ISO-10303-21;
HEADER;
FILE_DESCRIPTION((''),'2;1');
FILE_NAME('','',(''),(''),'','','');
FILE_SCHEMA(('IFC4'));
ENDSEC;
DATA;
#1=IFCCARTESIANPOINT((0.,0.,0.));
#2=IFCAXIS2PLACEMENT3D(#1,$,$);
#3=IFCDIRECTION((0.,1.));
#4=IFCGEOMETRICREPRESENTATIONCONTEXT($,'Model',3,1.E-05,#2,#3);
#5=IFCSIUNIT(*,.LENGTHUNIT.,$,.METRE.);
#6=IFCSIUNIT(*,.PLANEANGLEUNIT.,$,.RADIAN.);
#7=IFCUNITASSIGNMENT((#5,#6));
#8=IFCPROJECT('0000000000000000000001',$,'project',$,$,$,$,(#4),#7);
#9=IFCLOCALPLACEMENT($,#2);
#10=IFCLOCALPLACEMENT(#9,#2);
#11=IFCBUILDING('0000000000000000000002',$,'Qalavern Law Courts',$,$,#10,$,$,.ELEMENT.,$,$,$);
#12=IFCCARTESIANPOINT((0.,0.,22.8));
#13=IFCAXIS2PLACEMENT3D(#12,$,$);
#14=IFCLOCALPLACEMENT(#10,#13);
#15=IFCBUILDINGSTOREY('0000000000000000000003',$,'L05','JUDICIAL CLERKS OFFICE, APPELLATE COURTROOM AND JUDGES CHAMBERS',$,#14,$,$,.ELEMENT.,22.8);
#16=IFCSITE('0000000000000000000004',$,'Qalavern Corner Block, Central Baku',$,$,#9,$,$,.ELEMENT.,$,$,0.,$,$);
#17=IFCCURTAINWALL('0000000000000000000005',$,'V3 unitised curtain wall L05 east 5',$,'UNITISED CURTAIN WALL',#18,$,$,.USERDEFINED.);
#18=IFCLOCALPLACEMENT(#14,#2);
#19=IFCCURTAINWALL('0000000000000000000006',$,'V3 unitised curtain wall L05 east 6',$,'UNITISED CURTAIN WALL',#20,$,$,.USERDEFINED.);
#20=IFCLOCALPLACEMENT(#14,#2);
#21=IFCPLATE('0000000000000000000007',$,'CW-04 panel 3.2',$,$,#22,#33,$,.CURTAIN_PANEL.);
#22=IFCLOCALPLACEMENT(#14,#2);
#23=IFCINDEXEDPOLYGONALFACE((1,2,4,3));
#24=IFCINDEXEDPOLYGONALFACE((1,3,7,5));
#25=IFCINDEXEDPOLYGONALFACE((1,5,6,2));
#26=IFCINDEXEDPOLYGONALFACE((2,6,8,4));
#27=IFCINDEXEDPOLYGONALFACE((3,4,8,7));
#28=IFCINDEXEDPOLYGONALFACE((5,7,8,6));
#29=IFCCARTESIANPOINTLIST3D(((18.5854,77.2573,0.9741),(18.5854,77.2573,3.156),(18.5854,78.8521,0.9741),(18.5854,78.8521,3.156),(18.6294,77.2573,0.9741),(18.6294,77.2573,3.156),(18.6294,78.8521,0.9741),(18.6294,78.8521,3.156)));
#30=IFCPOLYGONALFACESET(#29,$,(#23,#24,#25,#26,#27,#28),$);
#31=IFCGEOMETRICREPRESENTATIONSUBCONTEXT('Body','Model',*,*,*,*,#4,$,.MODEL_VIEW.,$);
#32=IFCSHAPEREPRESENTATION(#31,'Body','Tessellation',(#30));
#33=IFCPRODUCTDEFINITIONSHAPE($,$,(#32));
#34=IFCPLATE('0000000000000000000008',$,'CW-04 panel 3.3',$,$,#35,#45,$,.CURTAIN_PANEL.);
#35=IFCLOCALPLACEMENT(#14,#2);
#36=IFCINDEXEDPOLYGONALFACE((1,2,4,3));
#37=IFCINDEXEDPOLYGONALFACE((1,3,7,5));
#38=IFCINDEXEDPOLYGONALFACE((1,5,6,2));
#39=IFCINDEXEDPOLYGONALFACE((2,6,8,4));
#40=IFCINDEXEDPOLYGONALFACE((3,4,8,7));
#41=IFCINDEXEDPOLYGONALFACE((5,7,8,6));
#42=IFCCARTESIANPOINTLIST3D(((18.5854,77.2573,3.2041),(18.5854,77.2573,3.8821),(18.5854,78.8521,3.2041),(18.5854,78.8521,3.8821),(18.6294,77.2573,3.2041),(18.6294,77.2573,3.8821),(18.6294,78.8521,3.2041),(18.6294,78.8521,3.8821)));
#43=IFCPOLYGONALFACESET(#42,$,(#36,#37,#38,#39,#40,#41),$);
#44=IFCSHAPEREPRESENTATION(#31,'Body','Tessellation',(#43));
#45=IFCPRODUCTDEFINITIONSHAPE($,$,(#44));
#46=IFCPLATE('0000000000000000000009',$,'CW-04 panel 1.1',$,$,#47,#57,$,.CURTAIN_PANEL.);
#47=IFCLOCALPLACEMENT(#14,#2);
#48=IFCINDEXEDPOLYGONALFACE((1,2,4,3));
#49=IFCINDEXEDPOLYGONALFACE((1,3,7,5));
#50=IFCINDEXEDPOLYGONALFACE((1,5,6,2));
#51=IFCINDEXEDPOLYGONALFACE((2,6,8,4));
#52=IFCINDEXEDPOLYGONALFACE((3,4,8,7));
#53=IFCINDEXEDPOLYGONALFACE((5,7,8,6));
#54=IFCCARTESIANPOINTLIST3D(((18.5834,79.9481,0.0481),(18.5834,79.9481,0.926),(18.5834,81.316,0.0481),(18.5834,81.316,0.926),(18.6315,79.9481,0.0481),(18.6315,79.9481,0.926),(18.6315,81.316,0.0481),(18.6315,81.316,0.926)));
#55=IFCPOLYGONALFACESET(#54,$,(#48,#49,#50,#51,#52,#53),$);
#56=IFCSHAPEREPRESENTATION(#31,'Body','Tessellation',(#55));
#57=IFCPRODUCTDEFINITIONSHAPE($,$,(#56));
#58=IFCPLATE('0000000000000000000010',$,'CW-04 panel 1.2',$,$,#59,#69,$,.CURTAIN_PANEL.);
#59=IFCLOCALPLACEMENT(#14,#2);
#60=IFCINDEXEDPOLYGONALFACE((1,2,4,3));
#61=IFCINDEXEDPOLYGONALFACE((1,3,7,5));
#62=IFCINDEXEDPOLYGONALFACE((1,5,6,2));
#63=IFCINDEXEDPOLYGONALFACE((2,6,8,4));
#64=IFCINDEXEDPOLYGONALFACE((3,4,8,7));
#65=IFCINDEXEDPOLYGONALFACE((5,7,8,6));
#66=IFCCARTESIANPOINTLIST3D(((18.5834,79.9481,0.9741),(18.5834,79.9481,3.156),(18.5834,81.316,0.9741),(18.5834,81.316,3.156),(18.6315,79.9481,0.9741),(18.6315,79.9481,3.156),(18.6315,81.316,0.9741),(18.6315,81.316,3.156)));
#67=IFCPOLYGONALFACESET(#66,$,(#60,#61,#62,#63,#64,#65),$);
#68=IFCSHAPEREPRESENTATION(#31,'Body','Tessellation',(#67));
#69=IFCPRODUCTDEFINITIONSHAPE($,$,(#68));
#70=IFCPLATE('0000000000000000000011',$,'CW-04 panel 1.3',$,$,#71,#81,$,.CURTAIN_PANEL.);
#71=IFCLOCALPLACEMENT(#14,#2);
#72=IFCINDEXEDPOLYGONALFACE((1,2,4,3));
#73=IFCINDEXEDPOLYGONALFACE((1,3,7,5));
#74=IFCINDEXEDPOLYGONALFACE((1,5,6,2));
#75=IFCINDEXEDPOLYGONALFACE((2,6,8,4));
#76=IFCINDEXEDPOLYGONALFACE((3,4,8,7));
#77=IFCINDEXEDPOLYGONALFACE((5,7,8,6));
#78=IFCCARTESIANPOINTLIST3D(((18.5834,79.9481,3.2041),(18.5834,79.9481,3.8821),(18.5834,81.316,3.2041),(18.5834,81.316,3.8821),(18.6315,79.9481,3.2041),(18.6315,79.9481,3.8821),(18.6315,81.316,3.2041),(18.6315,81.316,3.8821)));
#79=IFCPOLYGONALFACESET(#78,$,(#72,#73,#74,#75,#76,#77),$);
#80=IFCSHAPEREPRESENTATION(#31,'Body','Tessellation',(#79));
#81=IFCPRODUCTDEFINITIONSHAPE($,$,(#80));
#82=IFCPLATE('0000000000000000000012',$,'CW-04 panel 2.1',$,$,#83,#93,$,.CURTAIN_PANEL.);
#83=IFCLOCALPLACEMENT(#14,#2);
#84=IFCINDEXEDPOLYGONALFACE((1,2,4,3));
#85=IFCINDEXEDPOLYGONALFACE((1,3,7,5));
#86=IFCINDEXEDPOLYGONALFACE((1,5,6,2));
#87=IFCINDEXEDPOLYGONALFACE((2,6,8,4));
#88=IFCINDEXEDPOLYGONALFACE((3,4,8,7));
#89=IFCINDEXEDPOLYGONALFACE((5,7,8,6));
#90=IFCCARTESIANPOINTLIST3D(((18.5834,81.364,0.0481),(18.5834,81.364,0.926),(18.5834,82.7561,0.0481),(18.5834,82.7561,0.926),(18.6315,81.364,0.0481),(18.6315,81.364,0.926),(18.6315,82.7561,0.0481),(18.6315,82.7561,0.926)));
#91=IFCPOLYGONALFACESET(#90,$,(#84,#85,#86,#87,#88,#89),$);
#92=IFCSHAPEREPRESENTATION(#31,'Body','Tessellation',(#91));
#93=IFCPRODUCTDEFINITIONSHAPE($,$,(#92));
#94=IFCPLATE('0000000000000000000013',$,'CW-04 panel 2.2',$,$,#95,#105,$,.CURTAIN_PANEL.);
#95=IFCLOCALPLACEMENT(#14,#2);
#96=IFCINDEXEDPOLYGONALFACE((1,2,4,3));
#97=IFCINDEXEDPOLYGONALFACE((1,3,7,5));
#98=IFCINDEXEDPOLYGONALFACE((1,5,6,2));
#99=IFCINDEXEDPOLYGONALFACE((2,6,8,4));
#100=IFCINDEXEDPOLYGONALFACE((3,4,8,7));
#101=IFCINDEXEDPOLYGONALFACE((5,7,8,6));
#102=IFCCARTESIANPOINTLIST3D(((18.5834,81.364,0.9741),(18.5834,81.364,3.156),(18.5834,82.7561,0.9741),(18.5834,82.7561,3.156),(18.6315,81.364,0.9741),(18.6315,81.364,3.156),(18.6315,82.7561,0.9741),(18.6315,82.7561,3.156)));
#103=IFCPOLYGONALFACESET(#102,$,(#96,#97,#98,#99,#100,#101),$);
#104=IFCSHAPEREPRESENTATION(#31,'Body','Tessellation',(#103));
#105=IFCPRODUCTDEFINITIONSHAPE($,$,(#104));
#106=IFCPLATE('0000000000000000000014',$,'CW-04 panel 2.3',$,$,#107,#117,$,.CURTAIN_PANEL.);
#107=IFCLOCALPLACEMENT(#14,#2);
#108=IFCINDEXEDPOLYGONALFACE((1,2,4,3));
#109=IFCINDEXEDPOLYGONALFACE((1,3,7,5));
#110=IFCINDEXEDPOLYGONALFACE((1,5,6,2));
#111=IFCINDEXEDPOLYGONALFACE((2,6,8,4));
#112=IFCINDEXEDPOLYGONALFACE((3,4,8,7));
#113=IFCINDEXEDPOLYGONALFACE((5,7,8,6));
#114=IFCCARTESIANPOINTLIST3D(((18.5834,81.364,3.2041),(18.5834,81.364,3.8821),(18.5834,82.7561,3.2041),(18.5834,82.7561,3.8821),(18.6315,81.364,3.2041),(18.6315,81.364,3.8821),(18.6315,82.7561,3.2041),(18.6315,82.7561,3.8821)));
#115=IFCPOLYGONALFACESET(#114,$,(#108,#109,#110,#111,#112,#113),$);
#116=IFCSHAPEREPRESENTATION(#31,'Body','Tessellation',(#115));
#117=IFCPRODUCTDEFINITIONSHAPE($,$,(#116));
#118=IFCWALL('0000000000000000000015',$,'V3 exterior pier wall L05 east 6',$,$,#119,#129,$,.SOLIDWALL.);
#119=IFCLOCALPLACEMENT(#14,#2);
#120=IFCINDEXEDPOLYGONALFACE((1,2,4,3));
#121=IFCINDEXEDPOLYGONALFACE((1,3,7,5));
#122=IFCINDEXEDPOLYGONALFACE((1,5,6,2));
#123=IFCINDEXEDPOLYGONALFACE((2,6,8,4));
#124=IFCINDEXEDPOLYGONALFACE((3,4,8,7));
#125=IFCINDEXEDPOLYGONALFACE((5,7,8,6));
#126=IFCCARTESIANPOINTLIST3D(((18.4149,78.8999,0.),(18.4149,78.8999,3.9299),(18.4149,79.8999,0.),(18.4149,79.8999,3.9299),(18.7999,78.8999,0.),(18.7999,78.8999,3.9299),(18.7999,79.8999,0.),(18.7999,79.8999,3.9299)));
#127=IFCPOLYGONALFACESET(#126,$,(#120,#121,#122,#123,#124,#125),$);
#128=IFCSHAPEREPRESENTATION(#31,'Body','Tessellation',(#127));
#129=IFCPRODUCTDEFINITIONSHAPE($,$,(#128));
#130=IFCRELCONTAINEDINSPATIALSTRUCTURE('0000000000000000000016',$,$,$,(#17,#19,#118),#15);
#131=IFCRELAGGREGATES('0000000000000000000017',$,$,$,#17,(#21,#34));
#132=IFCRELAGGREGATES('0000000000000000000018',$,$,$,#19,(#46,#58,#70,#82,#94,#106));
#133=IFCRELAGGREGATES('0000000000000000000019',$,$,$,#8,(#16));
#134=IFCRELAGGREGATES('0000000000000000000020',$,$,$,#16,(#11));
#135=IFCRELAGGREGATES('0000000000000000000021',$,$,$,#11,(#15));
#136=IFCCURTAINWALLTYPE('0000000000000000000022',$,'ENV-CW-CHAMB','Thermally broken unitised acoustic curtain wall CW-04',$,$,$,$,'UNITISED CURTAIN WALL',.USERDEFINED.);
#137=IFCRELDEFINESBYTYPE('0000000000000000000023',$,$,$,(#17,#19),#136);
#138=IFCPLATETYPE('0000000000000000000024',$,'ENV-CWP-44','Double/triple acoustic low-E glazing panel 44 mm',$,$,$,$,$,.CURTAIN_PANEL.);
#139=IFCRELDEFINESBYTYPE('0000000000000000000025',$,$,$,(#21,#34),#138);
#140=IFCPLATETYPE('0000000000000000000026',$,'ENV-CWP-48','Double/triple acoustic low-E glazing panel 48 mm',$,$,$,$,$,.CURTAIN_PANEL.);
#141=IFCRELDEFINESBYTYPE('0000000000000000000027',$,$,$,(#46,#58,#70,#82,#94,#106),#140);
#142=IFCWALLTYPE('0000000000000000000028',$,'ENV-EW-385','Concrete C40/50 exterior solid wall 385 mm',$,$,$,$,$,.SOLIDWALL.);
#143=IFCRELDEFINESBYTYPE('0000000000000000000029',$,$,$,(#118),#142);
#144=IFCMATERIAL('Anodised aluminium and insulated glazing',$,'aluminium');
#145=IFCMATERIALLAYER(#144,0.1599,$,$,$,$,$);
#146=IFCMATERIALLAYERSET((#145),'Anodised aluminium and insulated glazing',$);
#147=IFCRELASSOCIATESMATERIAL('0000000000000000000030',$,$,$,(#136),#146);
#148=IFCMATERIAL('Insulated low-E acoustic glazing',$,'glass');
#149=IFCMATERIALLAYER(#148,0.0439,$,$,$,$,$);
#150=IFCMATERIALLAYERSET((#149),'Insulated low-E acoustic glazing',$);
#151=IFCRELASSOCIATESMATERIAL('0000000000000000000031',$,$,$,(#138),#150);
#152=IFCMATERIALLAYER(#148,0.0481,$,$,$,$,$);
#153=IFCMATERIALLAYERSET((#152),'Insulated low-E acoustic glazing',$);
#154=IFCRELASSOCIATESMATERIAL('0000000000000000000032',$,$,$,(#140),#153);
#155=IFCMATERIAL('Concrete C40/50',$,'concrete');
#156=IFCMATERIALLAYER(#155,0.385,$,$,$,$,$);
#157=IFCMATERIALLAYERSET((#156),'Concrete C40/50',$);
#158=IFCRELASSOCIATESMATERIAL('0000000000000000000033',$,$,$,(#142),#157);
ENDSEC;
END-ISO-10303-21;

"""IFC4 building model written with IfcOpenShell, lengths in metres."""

from ifc_helpers import new_model, si_unit, direction, frame, frame_2d, origin, origin_2d, place, context, subcontext, project, spatial, rectangle, extrude, material, layer, layer_set, type_object, element, aggregate, save


model = new_model("IFC4")

# Units and contexts
model_context = context("Model", 3, precision=1e-05, world=origin(), true_north=direction((0.0, 1.0)))
body_context = subcontext(model_context, "Body", "Model", "MODEL_VIEW")
ifc_project = project(units=[si_unit("LENGTHUNIT", "METRE"), si_unit("PLANEANGLEUNIT", "RADIAN")], contexts=[model_context])

# Site, building, storey
site_placement = place(None, origin())
site = spatial("IfcSite", under=ifc_project, at=site_placement, Name="Qalavern Corner Block, Central Baku", CompositionType="ELEMENT", RefElevation=0.0)
building_placement = place(site_placement, origin())
building = spatial("IfcBuilding", under=site, at=building_placement, Name="Qalavern Law Courts", CompositionType="ELEMENT")
storey_placement = place(building_placement, frame((0.0, 0.0, 22.8)))
storey = spatial("IfcBuildingStorey", under=building, at=storey_placement, Name="L05", Description="JUDICIAL CLERKS OFFICE, APPELLATE COURTROOM AND JUDGES CHAMBERS", CompositionType="ELEMENT", Elevation=22.8)

# Curtain wall
ifc_material_1 = material(Name="Anodised aluminium and insulated glazing", Category="aluminium")
ifc_layer_1 = layer(ifc_material_1, 0.1599)
ifc_layer_set_1 = layer_set([ifc_layer_1], Name="Anodised aluminium and insulated glazing")
curtain_wall_type = type_object("IfcCurtainWallType", Name="ENV-CW-CHAMB", Description="Thermally broken unitised acoustic curtain wall CW-04", ElementType="UNITISED CURTAIN WALL", PredefinedType="USERDEFINED", material=ifc_layer_set_1)
curtain_wall_1_placement = place(storey_placement, origin())
curtain_wall_1 = element("IfcCurtainWall", 1, at=curtain_wall_1_placement, inside=storey, type_object=curtain_wall_type, Name="V3 unitised curtain wall L05 east 5", ObjectType="UNITISED CURTAIN WALL", PredefinedType="USERDEFINED")

# Curtain wall
curtain_wall_2_placement = place(storey_placement, origin())
curtain_wall_2 = element("IfcCurtainWall", 2, at=curtain_wall_2_placement, inside=storey, type_object=curtain_wall_type, Name="V3 unitised curtain wall L05 east 6", ObjectType="UNITISED CURTAIN WALL", PredefinedType="USERDEFINED")

# Plates
ifc_material_2 = material(Name="Insulated low-E acoustic glazing", Category="glass")
ifc_layer_2 = layer(ifc_material_2, 0.0439)
ifc_layer_set_2 = layer_set([ifc_layer_2], Name="Insulated low-E acoustic glazing")
plate_type_1 = type_object("IfcPlateType", Name="ENV-CWP-44", Description="Double/triple acoustic low-E glazing panel 44 mm", PredefinedType="CURTAIN_PANEL", material=ifc_layer_set_2)
plate_1_placement = place(storey_placement, frame((18.6074, 78.0547, 0.9741), z_axis=(0.0, 0.0, 1.0), x_axis=(0.0, 1.0, 0.0)))
plate_1 = element("IfcPlate", 3, at=plate_1_placement, type_object=plate_type_1, Name="CW-04 panel 3.2", PredefinedType="CURTAIN_PANEL", context=body_context, shape_type="SweptSolid", body=[
    extrude(rectangle(XDim=1.5947, YDim=0.0439, at=origin_2d()), origin(), (0.0, 0.0, 1.0), 2.1819),
])
plate_2_placement = place(storey_placement, frame((18.6074, 78.0547, 3.2041), z_axis=(0.0, 0.0, 1.0), x_axis=(0.0, 1.0, 0.0)))
plate_2 = element("IfcPlate", 4, at=plate_2_placement, type_object=plate_type_1, Name="CW-04 panel 3.3", PredefinedType="CURTAIN_PANEL", context=body_context, shape_type="SweptSolid", body=[
    extrude(rectangle(XDim=1.5947, YDim=0.0439, at=origin_2d()), origin(), (0.0, 0.0, 1.0), 0.678),
])
aggregate(curtain_wall_1, [plate_1, plate_2])
ifc_layer_3 = layer(ifc_material_2, 0.0481)
ifc_layer_set_3 = layer_set([ifc_layer_3], Name="Insulated low-E acoustic glazing")
plate_type_2 = type_object("IfcPlateType", Name="ENV-CWP-48", Description="Double/triple acoustic low-E glazing panel 48 mm", PredefinedType="CURTAIN_PANEL", material=ifc_layer_set_3)
plate_3_placement = place(storey_placement, frame((18.6074, 80.6321, 0.0481), z_axis=(0.0, 0.0, 1.0), x_axis=(0.0, 1.0, 0.0)))
plate_3 = element("IfcPlate", 5, at=plate_3_placement, type_object=plate_type_2, Name="CW-04 panel 1.1", PredefinedType="CURTAIN_PANEL", context=body_context, shape_type="SweptSolid", body=[
    extrude(rectangle(XDim=1.3679, YDim=0.0481, at=origin_2d()), origin(), (0.0, 0.0, 1.0), 0.8779),
])
plate_4_placement = place(storey_placement, frame((18.6074, 80.6321, 0.9741), z_axis=(0.0, 0.0, 1.0), x_axis=(0.0, 1.0, 0.0)))
plate_4 = element("IfcPlate", 6, at=plate_4_placement, type_object=plate_type_2, Name="CW-04 panel 1.2", PredefinedType="CURTAIN_PANEL", context=body_context, shape_type="SweptSolid", body=[
    extrude(rectangle(XDim=1.3679, YDim=0.0481, at=origin_2d()), origin(), (0.0, 0.0, 1.0), 2.1819),
])
plate_5_placement = place(storey_placement, frame((18.6074, 80.6321, 3.2041), z_axis=(0.0, 0.0, 1.0), x_axis=(0.0, 1.0, 0.0)))
plate_5 = element("IfcPlate", 7, at=plate_5_placement, type_object=plate_type_2, Name="CW-04 panel 1.3", PredefinedType="CURTAIN_PANEL", context=body_context, shape_type="SweptSolid", body=[
    extrude(rectangle(XDim=1.3679, YDim=0.0481, at=origin_2d()), origin(), (0.0, 0.0, 1.0), 0.678),
])
plate_6_placement = place(storey_placement, frame((18.6074, 82.0601, 0.0481), z_axis=(0.0, 0.0, 1.0), x_axis=(0.0, 1.0, 0.0)))
plate_6 = element("IfcPlate", 8, at=plate_6_placement, type_object=plate_type_2, Name="CW-04 panel 2.1", PredefinedType="CURTAIN_PANEL", context=body_context, shape_type="SweptSolid", body=[
    extrude(rectangle(XDim=1.3921, YDim=0.0481, at=origin_2d()), origin(), (0.0, 0.0, 1.0), 0.8779),
])
plate_7_placement = place(storey_placement, frame((18.6074, 82.0601, 0.9741), z_axis=(0.0, 0.0, 1.0), x_axis=(0.0, 1.0, 0.0)))
plate_7 = element("IfcPlate", 9, at=plate_7_placement, type_object=plate_type_2, Name="CW-04 panel 2.2", PredefinedType="CURTAIN_PANEL", context=body_context, shape_type="SweptSolid", body=[
    extrude(rectangle(XDim=1.3921, YDim=0.0481, at=origin_2d()), origin(), (0.0, 0.0, 1.0), 2.1819),
])
plate_8_placement = place(storey_placement, frame((18.6074, 82.0601, 3.2041), z_axis=(0.0, 0.0, 1.0), x_axis=(0.0, 1.0, 0.0)))
plate_8 = element("IfcPlate", 10, at=plate_8_placement, type_object=plate_type_2, Name="CW-04 panel 2.3", PredefinedType="CURTAIN_PANEL", context=body_context, shape_type="SweptSolid", body=[
    extrude(rectangle(XDim=1.3921, YDim=0.0481, at=origin_2d()), origin(), (0.0, 0.0, 1.0), 0.678),
])
aggregate(curtain_wall_2, [plate_3, plate_4, plate_5, plate_6, plate_7, plate_8])

# Wall
ifc_material_3 = material(Name="Concrete C40/50", Category="concrete")
ifc_layer_4 = layer(ifc_material_3, 0.385)
ifc_layer_set_4 = layer_set([ifc_layer_4], Name="Concrete C40/50")
wall_type = type_object("IfcWallType", Name="ENV-EW-385", Description="Concrete C40/50 exterior solid wall 385 mm", PredefinedType="SOLIDWALL", material=ifc_layer_set_4)
wall_placement = place(storey_placement, frame((18.6074, 78.8999, 0.0), z_axis=(0.0, 0.0, 1.0), x_axis=(0.0, 1.0, 0.0)))
element("IfcWall", 11, at=wall_placement, inside=storey, type_object=wall_type, Name="V3 exterior pier wall L05 east 6", PredefinedType="SOLIDWALL", context=body_context, shape_type="SweptSolid", body=[
    extrude(rectangle(XDim=1.0, YDim=0.385, at=frame_2d((0.5, 0.0))), origin(), (0.0, 0.0, 1.0), 3.9299),
])

save(model, "model.ifc")
